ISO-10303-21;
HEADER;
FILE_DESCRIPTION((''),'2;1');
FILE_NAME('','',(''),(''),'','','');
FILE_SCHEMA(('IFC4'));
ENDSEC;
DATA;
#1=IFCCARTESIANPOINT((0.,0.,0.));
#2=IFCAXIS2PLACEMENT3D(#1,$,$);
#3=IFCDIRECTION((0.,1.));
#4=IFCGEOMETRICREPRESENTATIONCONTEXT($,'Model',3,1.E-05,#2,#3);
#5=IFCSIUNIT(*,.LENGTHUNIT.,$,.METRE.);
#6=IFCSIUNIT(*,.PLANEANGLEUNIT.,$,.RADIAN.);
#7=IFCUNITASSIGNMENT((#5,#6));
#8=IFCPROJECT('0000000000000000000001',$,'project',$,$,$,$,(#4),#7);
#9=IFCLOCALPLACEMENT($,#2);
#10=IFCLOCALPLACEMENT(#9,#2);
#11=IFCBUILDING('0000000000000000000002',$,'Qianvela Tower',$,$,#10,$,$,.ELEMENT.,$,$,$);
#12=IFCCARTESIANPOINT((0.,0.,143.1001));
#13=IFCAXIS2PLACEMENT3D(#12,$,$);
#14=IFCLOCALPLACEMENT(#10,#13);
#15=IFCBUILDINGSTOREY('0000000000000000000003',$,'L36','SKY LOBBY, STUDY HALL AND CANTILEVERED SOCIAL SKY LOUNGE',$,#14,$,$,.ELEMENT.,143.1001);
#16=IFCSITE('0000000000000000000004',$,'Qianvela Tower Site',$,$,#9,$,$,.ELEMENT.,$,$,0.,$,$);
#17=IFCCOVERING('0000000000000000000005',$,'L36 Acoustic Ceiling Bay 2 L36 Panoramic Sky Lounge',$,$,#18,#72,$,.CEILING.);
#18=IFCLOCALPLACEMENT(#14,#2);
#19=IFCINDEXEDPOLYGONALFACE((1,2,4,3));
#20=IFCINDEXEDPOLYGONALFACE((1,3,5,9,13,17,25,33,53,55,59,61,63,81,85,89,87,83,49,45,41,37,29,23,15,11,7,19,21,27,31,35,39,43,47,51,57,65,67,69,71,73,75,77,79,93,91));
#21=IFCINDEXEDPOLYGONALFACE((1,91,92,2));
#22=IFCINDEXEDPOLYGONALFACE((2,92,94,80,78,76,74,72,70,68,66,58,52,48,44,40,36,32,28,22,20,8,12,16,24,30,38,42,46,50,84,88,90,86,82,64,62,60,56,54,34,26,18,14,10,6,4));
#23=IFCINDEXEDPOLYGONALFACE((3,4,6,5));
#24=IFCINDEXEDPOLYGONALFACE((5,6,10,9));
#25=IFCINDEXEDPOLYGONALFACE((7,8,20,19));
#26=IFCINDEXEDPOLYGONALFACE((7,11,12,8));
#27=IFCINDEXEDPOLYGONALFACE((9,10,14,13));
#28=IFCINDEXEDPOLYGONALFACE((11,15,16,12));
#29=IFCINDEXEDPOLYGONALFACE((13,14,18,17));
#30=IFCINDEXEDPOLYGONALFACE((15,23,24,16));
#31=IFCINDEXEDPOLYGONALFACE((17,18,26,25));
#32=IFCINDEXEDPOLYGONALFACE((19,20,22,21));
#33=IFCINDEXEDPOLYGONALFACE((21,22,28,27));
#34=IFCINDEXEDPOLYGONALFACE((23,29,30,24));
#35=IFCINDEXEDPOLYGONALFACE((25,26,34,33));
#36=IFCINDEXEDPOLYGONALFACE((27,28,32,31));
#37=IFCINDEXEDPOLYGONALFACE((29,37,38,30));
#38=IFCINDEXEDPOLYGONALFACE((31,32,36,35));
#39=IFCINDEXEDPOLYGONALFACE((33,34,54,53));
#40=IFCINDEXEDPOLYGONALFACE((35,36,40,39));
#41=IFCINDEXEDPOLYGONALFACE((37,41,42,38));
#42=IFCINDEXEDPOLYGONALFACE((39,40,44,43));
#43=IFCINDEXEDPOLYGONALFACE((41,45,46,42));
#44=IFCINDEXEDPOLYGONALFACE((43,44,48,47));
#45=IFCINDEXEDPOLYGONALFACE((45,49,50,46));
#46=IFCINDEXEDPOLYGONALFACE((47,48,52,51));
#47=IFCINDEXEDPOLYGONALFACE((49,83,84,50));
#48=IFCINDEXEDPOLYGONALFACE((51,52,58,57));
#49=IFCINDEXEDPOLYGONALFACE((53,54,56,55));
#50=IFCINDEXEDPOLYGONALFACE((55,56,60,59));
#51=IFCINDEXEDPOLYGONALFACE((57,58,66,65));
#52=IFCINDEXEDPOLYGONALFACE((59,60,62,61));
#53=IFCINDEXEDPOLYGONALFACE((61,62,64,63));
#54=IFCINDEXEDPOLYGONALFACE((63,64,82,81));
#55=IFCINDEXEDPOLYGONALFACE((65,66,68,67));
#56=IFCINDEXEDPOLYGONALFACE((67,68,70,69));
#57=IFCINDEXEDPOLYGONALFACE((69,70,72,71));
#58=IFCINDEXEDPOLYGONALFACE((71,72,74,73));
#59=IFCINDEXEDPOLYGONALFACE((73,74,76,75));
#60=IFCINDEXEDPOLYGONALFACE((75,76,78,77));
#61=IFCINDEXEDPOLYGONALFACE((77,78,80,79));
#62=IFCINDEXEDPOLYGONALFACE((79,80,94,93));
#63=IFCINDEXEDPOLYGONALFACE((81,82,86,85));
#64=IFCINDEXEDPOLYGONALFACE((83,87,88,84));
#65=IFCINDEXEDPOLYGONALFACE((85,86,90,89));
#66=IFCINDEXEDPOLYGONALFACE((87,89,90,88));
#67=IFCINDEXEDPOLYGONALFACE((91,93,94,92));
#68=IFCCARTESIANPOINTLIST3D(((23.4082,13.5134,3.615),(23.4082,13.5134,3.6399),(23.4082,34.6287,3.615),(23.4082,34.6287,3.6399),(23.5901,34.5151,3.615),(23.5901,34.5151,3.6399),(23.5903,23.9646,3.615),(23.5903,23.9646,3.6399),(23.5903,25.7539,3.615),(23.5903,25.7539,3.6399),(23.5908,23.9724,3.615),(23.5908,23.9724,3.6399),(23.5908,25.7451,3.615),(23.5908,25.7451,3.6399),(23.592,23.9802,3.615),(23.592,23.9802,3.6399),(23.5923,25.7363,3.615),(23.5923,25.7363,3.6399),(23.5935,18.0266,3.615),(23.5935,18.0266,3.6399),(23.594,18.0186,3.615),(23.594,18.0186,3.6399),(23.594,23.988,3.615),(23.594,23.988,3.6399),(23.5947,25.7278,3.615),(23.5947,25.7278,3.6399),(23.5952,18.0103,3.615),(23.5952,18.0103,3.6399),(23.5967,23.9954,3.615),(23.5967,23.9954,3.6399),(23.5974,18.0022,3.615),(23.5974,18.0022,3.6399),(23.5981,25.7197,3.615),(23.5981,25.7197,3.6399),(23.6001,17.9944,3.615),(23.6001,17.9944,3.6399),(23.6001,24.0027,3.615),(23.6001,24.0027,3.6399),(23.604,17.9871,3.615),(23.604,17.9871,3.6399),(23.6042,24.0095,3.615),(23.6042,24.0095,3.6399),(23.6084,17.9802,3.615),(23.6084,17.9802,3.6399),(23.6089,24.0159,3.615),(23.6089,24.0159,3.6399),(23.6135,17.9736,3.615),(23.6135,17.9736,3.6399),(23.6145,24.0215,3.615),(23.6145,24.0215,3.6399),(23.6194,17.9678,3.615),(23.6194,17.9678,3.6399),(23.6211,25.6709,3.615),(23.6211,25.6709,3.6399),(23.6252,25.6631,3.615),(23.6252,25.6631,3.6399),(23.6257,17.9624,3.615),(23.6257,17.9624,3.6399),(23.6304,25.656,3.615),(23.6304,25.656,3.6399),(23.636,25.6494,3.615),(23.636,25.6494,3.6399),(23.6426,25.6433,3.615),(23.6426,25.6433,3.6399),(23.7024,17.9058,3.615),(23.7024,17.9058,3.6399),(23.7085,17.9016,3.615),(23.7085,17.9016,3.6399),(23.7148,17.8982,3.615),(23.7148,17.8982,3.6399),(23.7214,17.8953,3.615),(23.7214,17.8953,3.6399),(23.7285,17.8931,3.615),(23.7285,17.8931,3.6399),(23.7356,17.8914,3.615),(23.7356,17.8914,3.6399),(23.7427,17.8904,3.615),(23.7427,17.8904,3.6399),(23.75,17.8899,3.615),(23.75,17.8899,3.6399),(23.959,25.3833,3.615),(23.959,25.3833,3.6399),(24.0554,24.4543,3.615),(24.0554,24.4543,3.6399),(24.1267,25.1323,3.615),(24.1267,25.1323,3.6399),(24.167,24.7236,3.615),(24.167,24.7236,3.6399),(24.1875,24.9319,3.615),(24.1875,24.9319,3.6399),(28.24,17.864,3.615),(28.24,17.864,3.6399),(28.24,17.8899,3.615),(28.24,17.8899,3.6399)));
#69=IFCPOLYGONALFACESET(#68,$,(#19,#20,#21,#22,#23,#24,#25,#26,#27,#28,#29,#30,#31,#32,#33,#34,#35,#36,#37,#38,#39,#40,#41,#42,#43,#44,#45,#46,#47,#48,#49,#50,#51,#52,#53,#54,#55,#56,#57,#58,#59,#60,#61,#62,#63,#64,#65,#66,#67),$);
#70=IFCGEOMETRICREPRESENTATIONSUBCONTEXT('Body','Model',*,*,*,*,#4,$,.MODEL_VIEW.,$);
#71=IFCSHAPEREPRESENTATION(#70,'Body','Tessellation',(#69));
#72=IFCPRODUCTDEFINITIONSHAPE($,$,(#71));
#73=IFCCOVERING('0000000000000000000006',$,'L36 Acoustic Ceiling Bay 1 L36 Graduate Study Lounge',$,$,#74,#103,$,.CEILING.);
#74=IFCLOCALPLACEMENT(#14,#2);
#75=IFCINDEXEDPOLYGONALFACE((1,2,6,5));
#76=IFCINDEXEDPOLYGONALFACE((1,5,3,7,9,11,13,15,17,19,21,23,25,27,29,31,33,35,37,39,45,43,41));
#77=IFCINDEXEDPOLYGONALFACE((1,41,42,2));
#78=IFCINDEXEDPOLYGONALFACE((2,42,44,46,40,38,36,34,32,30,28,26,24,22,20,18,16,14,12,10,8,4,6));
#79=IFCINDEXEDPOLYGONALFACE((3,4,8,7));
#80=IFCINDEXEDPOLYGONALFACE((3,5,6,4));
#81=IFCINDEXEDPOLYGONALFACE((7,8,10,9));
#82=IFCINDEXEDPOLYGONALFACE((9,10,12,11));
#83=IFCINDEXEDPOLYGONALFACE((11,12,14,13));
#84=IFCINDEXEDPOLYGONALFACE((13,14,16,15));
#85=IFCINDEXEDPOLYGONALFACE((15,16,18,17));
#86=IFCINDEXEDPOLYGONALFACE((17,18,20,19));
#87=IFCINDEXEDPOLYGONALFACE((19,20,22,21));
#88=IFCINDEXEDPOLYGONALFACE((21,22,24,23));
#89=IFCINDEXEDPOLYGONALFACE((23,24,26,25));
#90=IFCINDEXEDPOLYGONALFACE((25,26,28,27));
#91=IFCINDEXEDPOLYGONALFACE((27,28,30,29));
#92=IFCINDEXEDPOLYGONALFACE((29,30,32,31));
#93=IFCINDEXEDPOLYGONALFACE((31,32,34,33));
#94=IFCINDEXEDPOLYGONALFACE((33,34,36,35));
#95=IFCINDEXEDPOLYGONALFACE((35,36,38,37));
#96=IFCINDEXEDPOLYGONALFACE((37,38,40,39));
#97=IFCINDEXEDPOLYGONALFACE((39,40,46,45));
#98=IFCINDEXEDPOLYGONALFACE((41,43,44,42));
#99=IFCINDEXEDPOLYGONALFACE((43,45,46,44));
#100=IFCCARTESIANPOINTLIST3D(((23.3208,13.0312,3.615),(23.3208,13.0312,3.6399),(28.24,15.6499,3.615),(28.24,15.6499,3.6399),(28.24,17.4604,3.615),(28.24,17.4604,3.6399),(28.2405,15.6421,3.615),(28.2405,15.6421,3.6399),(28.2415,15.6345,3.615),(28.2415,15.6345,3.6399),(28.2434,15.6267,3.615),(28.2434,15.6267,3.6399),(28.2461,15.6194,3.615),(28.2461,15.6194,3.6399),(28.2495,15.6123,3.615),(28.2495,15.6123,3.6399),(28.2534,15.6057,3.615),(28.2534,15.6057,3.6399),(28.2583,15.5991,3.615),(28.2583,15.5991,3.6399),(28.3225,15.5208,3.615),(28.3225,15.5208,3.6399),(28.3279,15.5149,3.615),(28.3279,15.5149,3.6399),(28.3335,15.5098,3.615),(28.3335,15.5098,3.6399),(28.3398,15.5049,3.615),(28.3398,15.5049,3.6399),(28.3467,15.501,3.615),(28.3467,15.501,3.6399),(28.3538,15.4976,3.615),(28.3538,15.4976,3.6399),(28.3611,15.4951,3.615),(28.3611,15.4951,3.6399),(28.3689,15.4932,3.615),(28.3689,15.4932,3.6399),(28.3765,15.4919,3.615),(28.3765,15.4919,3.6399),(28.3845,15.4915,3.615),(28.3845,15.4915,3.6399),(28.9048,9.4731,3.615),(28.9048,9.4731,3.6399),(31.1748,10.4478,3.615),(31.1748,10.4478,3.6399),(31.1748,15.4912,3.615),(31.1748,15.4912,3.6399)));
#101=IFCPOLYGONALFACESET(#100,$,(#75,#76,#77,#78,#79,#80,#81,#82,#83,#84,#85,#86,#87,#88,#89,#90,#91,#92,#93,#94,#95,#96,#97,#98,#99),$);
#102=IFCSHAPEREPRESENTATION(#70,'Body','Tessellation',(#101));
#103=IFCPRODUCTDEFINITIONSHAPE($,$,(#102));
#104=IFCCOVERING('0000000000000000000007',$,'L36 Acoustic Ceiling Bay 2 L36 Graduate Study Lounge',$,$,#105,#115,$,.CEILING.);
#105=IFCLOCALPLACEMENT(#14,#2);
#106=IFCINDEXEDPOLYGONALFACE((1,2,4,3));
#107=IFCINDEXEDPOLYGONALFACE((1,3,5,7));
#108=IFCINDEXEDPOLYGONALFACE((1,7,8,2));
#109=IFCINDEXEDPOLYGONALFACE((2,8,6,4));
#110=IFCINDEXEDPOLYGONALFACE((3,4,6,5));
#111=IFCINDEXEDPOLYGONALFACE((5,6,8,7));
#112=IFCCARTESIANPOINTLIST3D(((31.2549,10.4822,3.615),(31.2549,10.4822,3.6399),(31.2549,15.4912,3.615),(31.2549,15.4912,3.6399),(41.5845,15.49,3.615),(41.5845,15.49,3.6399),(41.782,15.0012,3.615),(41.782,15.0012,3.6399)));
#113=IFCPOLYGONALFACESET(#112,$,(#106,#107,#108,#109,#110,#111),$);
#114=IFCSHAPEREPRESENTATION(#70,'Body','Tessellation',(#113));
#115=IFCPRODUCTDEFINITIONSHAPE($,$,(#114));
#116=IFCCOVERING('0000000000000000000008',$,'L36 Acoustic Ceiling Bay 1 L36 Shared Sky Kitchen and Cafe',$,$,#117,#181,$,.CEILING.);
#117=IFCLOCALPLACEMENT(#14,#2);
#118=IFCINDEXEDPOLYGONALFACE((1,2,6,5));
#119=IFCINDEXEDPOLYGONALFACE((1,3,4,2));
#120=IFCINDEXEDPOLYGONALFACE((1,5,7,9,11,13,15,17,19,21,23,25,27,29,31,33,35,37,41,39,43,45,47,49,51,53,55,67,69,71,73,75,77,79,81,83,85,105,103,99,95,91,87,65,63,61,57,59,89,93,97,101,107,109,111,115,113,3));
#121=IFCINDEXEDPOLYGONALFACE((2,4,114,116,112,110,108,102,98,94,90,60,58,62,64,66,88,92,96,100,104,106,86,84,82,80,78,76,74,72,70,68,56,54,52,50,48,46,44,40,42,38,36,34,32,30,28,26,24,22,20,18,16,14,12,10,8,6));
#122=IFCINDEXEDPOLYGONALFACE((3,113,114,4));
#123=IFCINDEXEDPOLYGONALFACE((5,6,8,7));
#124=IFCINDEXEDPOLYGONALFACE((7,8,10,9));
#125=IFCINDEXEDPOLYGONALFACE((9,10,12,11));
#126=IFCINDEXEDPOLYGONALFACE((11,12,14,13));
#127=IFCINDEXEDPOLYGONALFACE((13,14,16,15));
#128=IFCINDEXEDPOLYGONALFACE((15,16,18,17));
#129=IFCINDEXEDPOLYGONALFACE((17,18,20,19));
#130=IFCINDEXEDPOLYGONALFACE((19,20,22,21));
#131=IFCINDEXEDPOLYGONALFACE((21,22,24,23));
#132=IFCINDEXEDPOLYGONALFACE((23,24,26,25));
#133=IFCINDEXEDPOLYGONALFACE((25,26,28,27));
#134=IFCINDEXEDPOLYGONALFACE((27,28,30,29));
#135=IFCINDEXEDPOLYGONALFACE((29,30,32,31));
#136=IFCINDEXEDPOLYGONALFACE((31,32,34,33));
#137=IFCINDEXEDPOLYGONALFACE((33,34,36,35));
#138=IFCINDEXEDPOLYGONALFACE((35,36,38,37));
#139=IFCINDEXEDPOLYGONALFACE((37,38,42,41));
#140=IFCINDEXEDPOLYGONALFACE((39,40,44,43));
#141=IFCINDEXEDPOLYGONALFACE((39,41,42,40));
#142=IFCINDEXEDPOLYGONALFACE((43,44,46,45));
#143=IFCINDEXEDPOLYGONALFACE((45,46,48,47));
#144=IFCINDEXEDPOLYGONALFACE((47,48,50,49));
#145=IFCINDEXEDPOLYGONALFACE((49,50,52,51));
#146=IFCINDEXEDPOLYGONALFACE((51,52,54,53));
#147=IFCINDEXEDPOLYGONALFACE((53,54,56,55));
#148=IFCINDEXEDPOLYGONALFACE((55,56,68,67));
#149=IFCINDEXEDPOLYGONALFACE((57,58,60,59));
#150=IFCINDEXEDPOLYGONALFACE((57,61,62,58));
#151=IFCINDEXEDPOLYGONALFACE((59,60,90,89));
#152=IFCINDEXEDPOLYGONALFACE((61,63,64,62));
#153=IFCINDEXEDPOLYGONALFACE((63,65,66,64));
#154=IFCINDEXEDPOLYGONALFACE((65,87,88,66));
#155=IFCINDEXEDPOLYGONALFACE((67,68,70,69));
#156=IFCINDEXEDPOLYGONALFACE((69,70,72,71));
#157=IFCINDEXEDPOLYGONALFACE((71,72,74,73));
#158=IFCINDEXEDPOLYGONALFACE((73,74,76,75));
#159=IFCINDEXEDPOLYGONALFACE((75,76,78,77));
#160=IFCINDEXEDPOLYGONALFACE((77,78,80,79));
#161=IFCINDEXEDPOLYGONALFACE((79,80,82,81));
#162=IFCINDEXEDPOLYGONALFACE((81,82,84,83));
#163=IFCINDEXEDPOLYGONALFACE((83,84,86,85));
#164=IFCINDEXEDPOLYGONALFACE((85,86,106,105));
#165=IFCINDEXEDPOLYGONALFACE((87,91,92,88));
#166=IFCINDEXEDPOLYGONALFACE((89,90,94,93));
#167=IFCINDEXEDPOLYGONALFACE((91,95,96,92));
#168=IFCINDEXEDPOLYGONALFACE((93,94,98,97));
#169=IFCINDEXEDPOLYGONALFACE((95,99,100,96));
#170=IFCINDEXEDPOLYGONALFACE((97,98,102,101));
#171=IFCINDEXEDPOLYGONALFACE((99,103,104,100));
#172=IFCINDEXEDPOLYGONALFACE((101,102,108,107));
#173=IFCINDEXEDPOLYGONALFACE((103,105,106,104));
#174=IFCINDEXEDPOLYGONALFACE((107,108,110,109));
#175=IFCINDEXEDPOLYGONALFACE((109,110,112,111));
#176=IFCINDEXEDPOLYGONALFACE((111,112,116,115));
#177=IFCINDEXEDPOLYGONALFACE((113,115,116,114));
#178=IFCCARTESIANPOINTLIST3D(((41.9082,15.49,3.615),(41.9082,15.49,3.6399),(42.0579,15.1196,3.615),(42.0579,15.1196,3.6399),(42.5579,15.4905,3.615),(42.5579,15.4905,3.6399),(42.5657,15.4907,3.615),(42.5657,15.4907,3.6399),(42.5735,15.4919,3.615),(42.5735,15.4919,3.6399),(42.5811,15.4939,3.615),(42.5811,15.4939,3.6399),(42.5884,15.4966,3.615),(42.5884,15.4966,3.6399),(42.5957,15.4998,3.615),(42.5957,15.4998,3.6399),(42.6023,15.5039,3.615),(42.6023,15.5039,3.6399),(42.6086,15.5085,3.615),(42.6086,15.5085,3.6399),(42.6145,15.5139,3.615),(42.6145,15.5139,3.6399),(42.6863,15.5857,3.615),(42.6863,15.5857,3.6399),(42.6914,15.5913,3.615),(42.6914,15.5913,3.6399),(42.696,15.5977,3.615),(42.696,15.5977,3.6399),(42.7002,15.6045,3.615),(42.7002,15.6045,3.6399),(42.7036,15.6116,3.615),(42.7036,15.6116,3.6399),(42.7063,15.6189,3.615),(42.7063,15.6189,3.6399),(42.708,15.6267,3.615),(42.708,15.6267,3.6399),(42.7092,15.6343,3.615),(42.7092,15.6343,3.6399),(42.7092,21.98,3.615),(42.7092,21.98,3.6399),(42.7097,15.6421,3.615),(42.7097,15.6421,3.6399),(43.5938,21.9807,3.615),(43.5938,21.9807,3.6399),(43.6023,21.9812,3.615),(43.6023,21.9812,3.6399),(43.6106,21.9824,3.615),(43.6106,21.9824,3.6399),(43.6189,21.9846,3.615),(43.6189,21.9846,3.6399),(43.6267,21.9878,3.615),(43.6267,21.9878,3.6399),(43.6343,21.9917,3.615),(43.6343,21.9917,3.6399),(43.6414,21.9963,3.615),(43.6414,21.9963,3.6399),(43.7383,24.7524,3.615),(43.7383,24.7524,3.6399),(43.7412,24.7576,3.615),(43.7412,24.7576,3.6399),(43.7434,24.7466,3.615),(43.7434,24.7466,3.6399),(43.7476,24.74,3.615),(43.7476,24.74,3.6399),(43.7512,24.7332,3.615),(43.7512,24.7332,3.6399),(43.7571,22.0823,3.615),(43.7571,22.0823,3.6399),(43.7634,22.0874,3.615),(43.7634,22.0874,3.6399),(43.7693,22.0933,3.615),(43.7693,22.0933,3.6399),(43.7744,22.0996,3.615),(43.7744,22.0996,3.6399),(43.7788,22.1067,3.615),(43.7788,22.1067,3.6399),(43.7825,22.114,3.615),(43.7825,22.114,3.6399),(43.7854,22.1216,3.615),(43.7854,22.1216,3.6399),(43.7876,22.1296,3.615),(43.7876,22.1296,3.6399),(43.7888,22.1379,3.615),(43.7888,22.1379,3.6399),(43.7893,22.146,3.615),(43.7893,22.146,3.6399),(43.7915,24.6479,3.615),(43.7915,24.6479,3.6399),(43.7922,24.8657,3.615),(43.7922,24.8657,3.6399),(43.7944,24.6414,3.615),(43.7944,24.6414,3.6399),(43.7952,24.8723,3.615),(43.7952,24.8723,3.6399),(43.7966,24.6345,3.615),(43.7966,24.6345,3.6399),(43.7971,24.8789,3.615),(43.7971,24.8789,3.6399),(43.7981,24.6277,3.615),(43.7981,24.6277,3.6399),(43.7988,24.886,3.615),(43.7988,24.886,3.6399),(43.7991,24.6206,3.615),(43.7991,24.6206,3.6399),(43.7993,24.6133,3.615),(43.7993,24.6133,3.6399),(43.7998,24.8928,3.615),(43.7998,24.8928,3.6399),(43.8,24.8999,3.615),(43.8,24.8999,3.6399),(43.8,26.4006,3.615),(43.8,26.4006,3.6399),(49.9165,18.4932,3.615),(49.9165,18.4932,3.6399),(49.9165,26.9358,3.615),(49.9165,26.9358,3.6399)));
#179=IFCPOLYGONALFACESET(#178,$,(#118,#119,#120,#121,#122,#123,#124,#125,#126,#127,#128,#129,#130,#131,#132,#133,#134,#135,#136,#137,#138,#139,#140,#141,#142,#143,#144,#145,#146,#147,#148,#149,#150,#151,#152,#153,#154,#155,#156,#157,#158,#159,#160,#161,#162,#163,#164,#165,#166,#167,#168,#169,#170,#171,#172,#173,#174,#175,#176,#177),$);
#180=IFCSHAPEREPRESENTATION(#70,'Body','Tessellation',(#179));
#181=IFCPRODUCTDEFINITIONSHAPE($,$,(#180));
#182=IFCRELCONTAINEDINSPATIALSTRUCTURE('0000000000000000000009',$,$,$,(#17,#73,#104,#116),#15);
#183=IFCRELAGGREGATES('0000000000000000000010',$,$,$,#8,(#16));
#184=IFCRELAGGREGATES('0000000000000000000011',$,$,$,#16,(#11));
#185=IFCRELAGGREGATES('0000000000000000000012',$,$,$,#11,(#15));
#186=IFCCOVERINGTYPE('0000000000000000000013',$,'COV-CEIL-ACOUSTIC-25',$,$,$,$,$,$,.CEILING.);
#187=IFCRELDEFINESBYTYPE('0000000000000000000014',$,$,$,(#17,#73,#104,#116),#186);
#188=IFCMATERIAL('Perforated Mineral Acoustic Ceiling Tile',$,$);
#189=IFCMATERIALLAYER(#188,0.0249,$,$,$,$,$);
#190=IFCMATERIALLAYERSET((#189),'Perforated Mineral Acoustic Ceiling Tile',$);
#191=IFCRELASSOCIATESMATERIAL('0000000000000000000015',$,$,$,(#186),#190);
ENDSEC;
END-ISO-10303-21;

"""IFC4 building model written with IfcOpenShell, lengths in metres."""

from ifc_helpers import new_model, si_unit, direction, frame, origin, place, context, subcontext, project, spatial, polyline, outline, extrude, material, layer, layer_set, type_object, element, save


model = new_model("IFC4")

# Units and contexts
model_context = context("Model", 3, precision=1e-05, world=origin(), true_north=direction((0.0, 1.0)))
body_context = subcontext(model_context, "Body", "Model", "MODEL_VIEW")
ifc_project = project(units=[si_unit("LENGTHUNIT", "METRE"), si_unit("PLANEANGLEUNIT", "RADIAN")], contexts=[model_context])

# Site, building, storey
site_placement = place(None, origin())
site = spatial("IfcSite", under=ifc_project, at=site_placement, Name="Qianvela Tower Site", CompositionType="ELEMENT", RefElevation=0.0)
building_placement = place(site_placement, origin())
building = spatial("IfcBuilding", under=site, at=building_placement, Name="Qianvela Tower", CompositionType="ELEMENT")
storey_placement = place(building_placement, frame((0.0, 0.0, 143.1001)))
storey = spatial("IfcBuildingStorey", under=building, at=storey_placement, Name="L36", Description="SKY LOBBY, STUDY HALL AND CANTILEVERED SOCIAL SKY LOUNGE", CompositionType="ELEMENT", Elevation=143.1001)

# Coverings
ifc_material_1 = material(Name="Perforated Mineral Acoustic Ceiling Tile")
ifc_layer_1 = layer(ifc_material_1, 0.0249)
ifc_layer_set_1 = layer_set([ifc_layer_1], Name="Perforated Mineral Acoustic Ceiling Tile")
covering_type_1 = type_object("IfcCoveringType", Name="COV-CEIL-ACOUSTIC-25", PredefinedType="CEILING", material=ifc_layer_set_1)
covering_1_placement = place(storey_placement, frame((0.0, 0.0, 3.615)))
element("IfcCovering", 1, at=covering_1_placement, inside=storey, type_object=covering_type_1, Name="L36 Acoustic Ceiling Bay 2 L36 Panoramic Sky Lounge", PredefinedType="CEILING", context=body_context, shape_type="SweptSolid", body=[
    extrude(outline(polyline([(23.5903, 25.7539), (23.5908, 25.7451), (23.5923, 25.7363), (23.5947, 25.7278), (23.5981, 25.7197), (23.6211, 25.6709), (23.6252, 25.6631), (23.6304, 25.656), (23.636, 25.6494), (23.6426, 25.6433), (23.959, 25.3833), (24.1267, 25.1323), (24.1875, 24.9319), (24.167, 24.7236), (24.0554, 24.4543), (23.6145, 24.0215), (23.6089, 24.0159), (23.6042, 24.0095), (23.6001, 24.0027), (23.5967, 23.9954), (23.594, 23.988), (23.592, 23.9802), (23.5908, 23.9724), (23.5903, 23.9646), (23.5935, 18.0266), (23.594, 18.0186), (23.5952, 18.0103), (23.5974, 18.0022), (23.6001, 17.9944), (23.604, 17.9871), (23.6084, 17.9802), (23.6135, 17.9736), (23.6194, 17.9678), (23.6257, 17.9624), (23.7024, 17.9058), (23.7085, 17.9016), (23.7148, 17.8982), (23.7214, 17.8953), (23.7285, 17.8931), (23.7356, 17.8914), (23.7427, 17.8904), (23.75, 17.8899), (28.24, 17.8899), (28.24, 17.864), (23.4082, 13.5134), (23.4082, 34.6287), (23.5901, 34.5151), (23.5903, 25.7539)])), origin(), (0.0, 0.0, 1.0), 0.0249),
])
covering_2_placement = place(storey_placement, frame((0.0, 0.0, 3.615)))
element("IfcCovering", 2, at=covering_2_placement, inside=storey, type_object=covering_type_1, Name="L36 Acoustic Ceiling Bay 1 L36 Graduate Study Lounge", PredefinedType="CEILING", context=body_context, shape_type="SweptSolid", body=[
    extrude(outline(polyline([(28.2405, 15.6421), (28.2415, 15.6345), (28.2434, 15.6267), (28.2461, 15.6194), (28.2495, 15.6123), (28.2534, 15.6057), (28.2583, 15.5991), (28.3225, 15.5208), (28.3279, 15.5149), (28.3335, 15.5098), (28.3398, 15.5049), (28.3467, 15.501), (28.3538, 15.4976), (28.3611, 15.4951), (28.3689, 15.4932), (28.3765, 15.4919), (28.3845, 15.4915), (31.1748, 15.4912), (31.1748, 10.4478), (28.9048, 9.4731), (23.3208, 13.0312), (28.24, 17.4604), (28.24, 15.6499), (28.2405, 15.6421)])), origin(), (0.0, 0.0, 1.0), 0.0249),
])
covering_3_placement = place(storey_placement, frame((0.0, 0.0, 3.615)))
element("IfcCovering", 3, at=covering_3_placement, inside=storey, type_object=covering_type_1, Name="L36 Acoustic Ceiling Bay 2 L36 Graduate Study Lounge", PredefinedType="CEILING", context=body_context, shape_type="SweptSolid", body=[
    extrude(outline(polyline([(41.5845, 15.49), (41.782, 15.0012), (31.2549, 10.4822), (31.2549, 15.4912), (41.5845, 15.49)])), origin(), (0.0, 0.0, 1.0), 0.0249),
])
covering_4_placement = place(storey_placement, frame((0.0, 0.0, 3.615)))
element("IfcCovering", 4, at=covering_4_placement, inside=storey, type_object=covering_type_1, Name="L36 Acoustic Ceiling Bay 1 L36 Shared Sky Kitchen and Cafe", PredefinedType="CEILING", context=body_context, shape_type="SweptSolid", body=[
    extrude(outline(polyline([(42.5579, 15.4905), (42.5657, 15.4907), (42.5735, 15.4919), (42.5811, 15.4939), (42.5884, 15.4966), (42.5957, 15.4998), (42.6023, 15.5039), (42.6086, 15.5085), (42.6145, 15.5139), (42.6863, 15.5857), (42.6914, 15.5913), (42.696, 15.5977), (42.7002, 15.6045), (42.7036, 15.6116), (42.7063, 15.6189), (42.708, 15.6267), (42.7092, 15.6343), (42.7097, 15.6421), (42.7092, 21.98), (43.5938, 21.9807), (43.6023, 21.9812), (43.6106, 21.9824), (43.6189, 21.9846), (43.6267, 21.9878), (43.6343, 21.9917), (43.6414, 21.9963), (43.7571, 22.0823), (43.7634, 22.0874), (43.7693, 22.0933), (43.7744, 22.0996), (43.7788, 22.1067), (43.7825, 22.114), (43.7854, 22.1216), (43.7876, 22.1296), (43.7888, 22.1379), (43.7893, 22.146), (43.7993, 24.6133), (43.7991, 24.6206), (43.7981, 24.6277), (43.7966, 24.6345), (43.7944, 24.6414), (43.7915, 24.6479), (43.7512, 24.7332), (43.7476, 24.74), (43.7434, 24.7466), (43.7383, 24.7524), (43.7412, 24.7576), (43.7922, 24.8657), (43.7952, 24.8723), (43.7971, 24.8789), (43.7988, 24.886), (43.7998, 24.8928), (43.8, 24.8999), (43.8, 26.4006), (49.9165, 26.9358), (49.9165, 18.4932), (42.0579, 15.1196), (41.9082, 15.49), (42.5579, 15.4905)])), origin(), (0.0, 0.0, 1.0), 0.0249),
])

save(model, "model.ifc")
